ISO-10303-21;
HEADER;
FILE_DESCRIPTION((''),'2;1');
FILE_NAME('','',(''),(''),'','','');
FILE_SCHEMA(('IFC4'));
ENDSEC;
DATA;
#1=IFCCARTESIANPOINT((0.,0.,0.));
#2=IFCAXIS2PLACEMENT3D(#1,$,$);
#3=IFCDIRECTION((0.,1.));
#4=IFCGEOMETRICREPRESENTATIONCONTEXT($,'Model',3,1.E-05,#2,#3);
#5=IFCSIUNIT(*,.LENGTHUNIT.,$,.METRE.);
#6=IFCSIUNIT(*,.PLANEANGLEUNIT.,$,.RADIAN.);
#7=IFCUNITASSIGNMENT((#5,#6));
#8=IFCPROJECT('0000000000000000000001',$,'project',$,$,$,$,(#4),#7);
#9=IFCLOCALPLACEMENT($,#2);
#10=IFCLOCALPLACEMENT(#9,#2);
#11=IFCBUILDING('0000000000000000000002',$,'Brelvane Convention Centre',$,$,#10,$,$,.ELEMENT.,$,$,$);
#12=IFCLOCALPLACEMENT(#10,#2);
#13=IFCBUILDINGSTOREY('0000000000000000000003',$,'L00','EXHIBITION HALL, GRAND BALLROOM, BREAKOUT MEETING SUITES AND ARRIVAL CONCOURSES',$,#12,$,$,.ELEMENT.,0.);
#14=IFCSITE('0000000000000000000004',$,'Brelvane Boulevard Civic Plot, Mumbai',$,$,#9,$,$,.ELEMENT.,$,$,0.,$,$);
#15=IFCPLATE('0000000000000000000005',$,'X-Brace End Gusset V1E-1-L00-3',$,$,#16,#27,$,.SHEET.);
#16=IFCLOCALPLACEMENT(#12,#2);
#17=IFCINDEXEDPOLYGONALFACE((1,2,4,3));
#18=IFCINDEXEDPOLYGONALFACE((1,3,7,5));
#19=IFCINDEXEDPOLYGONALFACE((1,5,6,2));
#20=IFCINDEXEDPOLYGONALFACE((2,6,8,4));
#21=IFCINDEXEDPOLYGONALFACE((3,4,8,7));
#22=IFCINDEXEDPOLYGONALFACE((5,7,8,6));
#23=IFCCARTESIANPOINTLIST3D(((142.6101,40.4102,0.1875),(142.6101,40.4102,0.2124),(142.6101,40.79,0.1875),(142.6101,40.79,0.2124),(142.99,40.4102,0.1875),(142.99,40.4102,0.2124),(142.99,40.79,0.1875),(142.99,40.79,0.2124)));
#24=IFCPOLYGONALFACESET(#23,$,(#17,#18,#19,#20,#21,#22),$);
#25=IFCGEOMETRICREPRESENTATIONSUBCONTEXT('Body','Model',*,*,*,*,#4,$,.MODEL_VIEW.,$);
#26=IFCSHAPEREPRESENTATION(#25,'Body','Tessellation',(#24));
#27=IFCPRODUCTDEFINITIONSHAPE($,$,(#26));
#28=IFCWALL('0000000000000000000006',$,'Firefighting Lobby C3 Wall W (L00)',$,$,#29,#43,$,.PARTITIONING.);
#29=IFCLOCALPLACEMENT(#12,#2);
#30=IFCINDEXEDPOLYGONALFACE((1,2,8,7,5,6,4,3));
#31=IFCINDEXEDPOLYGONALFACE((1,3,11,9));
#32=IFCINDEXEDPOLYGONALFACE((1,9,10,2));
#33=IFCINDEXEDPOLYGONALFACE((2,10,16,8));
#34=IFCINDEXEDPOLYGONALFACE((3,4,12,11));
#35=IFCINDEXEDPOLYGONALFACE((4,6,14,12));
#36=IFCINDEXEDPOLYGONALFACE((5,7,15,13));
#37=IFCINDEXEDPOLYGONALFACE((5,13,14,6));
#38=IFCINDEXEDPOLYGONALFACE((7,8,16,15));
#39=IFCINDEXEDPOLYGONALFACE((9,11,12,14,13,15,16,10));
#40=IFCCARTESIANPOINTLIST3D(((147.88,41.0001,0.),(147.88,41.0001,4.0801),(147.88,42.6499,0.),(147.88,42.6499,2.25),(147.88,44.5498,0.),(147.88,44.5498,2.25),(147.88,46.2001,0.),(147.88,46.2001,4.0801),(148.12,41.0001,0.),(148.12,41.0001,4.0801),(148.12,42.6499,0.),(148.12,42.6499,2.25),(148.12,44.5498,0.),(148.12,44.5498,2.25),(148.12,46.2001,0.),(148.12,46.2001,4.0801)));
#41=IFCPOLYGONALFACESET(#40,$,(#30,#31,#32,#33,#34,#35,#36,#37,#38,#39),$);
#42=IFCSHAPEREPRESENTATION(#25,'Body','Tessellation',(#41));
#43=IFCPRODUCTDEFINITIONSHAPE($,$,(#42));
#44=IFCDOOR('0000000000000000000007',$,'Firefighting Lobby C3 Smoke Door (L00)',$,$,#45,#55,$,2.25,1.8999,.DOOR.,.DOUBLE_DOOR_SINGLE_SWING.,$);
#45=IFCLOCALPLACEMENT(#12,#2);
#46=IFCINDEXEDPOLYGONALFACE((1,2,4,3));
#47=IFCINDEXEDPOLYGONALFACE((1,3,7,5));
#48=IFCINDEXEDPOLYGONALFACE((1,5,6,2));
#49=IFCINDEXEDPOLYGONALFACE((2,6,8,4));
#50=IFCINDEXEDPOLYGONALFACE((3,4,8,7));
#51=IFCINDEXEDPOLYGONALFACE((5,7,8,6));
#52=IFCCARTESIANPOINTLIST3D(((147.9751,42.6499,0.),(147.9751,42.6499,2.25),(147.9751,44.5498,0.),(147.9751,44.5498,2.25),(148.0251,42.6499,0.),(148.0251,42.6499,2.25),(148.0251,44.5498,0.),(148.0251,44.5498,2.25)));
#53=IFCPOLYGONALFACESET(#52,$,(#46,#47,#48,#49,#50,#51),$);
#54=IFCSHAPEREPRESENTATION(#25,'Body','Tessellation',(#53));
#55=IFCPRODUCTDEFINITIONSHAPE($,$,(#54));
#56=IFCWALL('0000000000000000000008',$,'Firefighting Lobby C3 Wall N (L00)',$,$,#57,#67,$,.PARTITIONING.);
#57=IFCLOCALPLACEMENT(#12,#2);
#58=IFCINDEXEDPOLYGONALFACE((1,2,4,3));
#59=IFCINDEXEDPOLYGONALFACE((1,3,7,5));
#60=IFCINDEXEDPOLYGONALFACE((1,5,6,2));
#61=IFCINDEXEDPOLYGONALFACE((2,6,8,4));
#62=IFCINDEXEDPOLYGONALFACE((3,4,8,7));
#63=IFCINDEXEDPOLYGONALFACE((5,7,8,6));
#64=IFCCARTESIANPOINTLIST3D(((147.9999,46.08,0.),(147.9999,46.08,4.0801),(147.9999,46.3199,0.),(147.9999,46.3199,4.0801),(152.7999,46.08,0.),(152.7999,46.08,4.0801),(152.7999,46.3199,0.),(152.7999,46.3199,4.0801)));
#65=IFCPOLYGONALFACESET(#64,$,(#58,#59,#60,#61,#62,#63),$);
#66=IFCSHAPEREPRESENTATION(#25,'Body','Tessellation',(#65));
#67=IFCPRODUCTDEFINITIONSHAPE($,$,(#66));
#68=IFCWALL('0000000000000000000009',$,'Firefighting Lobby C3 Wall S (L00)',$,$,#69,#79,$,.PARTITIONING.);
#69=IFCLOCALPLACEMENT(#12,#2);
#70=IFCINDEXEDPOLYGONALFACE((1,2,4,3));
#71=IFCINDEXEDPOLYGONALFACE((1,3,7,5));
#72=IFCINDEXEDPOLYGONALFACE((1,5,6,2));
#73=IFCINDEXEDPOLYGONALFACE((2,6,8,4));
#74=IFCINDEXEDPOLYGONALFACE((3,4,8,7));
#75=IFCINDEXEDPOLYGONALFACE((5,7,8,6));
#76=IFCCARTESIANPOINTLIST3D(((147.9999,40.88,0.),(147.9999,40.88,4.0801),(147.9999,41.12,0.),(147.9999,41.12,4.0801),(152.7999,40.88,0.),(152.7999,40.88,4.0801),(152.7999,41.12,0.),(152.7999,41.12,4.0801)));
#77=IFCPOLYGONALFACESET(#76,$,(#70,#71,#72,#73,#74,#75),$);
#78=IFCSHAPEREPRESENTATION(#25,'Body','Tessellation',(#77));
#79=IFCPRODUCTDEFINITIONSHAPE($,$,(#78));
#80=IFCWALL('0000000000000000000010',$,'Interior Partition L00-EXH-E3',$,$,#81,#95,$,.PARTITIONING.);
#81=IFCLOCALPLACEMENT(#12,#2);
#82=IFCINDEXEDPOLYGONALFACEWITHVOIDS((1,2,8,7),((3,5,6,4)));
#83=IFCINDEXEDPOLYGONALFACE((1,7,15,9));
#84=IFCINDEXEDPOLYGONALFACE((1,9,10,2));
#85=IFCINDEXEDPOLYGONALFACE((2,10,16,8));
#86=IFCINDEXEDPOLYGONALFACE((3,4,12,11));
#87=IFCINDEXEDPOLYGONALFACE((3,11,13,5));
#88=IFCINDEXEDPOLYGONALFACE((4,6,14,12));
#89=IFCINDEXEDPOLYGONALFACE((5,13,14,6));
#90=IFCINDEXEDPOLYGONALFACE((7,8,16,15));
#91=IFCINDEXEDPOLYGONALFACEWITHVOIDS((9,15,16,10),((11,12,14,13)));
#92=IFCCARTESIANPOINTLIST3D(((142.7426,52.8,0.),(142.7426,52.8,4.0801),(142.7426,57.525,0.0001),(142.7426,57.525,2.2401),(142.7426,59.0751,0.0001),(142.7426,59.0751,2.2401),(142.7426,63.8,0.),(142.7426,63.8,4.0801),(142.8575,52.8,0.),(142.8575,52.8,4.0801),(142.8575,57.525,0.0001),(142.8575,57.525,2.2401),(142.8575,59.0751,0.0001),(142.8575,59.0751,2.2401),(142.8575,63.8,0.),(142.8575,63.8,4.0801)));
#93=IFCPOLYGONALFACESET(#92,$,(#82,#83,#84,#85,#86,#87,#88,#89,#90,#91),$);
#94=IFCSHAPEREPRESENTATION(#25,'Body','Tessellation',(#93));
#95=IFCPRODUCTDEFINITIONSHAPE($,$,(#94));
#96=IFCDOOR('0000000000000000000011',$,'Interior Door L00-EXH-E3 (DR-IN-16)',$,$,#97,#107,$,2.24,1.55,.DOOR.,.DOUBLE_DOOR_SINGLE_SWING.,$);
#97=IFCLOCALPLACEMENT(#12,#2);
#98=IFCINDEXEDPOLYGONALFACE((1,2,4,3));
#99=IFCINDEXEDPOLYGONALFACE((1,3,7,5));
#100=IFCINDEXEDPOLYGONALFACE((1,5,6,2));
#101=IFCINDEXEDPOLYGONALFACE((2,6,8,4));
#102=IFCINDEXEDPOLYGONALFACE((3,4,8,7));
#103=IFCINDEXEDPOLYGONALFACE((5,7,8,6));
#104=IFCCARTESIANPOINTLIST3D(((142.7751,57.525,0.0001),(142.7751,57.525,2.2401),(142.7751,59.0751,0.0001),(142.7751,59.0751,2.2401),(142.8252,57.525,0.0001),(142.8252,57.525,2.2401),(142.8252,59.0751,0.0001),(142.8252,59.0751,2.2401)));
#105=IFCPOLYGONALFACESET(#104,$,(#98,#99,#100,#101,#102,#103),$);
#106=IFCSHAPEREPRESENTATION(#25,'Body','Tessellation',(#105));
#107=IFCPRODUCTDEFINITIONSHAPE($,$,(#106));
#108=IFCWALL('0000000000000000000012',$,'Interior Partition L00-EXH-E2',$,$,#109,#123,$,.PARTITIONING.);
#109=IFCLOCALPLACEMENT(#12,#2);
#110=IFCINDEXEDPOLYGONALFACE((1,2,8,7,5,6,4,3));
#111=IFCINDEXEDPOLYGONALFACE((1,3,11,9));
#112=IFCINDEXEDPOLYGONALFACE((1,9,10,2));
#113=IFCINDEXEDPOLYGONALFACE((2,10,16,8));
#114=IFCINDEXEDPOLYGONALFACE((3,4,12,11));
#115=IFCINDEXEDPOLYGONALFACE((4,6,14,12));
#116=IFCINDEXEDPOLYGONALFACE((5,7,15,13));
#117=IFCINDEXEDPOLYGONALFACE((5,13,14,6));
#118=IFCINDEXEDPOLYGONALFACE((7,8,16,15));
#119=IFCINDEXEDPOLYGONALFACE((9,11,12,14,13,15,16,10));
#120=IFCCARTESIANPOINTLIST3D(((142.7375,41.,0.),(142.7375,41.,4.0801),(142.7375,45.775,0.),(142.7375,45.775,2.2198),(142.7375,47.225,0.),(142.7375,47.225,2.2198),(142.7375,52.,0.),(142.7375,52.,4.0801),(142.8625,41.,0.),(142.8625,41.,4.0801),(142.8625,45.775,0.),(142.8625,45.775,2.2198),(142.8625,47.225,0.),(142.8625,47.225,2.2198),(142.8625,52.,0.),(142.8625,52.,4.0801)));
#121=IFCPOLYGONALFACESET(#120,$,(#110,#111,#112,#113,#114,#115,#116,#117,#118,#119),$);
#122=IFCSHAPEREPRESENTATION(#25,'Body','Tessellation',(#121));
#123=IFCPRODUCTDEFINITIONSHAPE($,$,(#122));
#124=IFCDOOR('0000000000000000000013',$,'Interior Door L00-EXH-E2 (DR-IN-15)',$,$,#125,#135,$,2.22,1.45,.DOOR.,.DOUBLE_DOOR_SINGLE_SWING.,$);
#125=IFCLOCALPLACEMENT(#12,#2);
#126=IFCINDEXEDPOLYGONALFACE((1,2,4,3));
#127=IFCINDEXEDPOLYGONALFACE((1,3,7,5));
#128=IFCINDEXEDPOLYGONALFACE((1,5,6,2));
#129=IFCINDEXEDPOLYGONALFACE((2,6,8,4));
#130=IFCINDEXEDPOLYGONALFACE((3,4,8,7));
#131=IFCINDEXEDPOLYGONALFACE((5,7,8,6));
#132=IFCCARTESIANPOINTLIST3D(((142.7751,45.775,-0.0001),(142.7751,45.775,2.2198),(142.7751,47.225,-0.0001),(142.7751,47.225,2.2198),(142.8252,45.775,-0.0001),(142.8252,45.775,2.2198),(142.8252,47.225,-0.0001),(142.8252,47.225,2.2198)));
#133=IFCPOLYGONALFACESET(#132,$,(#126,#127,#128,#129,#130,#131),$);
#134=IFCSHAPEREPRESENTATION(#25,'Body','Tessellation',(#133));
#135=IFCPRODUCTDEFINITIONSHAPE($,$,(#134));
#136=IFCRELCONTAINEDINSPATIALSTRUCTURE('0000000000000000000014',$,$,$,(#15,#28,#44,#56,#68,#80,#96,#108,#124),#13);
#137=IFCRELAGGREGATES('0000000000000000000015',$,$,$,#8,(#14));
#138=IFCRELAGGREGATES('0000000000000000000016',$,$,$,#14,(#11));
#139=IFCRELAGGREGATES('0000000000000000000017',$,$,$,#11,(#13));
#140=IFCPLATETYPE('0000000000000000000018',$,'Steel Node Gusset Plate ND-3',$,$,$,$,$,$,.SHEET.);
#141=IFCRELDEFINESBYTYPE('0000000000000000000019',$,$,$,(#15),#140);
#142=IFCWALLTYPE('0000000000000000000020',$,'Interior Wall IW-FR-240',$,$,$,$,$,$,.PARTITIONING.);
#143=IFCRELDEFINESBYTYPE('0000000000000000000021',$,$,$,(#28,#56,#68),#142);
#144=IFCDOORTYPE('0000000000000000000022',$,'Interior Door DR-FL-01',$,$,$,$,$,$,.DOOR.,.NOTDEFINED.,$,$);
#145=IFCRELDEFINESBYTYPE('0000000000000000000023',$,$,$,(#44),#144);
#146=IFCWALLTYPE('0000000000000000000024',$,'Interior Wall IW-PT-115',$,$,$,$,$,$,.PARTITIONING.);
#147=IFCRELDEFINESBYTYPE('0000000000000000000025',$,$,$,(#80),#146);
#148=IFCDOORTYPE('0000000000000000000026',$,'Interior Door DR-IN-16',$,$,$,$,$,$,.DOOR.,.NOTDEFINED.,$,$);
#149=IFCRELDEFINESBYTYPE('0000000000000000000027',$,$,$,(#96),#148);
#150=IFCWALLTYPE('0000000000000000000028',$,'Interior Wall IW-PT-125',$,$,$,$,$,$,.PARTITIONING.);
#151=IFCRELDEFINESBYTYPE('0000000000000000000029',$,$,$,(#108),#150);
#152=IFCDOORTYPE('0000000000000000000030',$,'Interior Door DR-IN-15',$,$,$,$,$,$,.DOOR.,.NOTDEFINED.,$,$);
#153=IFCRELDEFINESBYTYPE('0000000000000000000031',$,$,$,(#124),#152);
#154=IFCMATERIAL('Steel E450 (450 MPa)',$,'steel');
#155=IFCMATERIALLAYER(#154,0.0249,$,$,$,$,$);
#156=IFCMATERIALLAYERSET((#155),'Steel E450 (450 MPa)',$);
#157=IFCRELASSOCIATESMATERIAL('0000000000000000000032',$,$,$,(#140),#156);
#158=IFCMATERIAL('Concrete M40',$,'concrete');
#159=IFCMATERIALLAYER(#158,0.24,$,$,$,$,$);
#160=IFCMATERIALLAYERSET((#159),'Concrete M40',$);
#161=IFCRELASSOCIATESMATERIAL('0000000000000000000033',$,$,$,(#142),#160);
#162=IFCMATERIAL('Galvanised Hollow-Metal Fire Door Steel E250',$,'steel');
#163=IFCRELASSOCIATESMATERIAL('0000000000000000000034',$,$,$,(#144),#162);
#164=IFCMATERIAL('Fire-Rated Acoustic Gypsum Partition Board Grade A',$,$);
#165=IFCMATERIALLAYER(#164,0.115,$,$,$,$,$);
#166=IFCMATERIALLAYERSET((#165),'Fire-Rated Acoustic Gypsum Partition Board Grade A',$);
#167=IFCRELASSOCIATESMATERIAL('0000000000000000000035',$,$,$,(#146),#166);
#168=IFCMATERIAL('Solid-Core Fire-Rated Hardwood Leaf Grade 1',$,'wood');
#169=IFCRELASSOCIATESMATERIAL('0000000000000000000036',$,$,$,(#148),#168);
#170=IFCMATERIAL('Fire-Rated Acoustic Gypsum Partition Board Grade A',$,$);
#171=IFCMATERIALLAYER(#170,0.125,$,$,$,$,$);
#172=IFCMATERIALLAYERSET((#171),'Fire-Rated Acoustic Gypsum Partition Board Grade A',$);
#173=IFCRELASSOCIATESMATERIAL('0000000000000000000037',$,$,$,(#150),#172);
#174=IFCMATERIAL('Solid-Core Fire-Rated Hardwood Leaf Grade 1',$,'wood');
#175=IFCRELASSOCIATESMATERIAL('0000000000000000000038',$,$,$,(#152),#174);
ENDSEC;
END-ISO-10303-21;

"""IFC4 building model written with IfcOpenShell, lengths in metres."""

from ifc_helpers import new_model, si_unit, direction, frame, frame_2d, origin, origin_2d, place, context, subcontext, project, spatial, rectangle, extrude, material, layer, layer_set, type_object, element, fill, save


model = new_model("IFC4")

# Units and contexts
model_context = context("Model", 3, precision=1e-05, world=origin(), true_north=direction((0.0, 1.0)))
body_context = subcontext(model_context, "Body", "Model", "MODEL_VIEW")
ifc_project = project(units=[si_unit("LENGTHUNIT", "METRE"), si_unit("PLANEANGLEUNIT", "RADIAN")], contexts=[model_context])

# Site, building, storey
site_placement = place(None, origin())
site = spatial("IfcSite", under=ifc_project, at=site_placement, Name="Brelvane Boulevard Civic Plot, Mumbai", CompositionType="ELEMENT", RefElevation=0.0)
building_placement = place(site_placement, origin())
building = spatial("IfcBuilding", under=site, at=building_placement, Name="Brelvane Convention Centre", CompositionType="ELEMENT")
storey_placement = place(building_placement, origin())
storey = spatial("IfcBuildingStorey", under=building, at=storey_placement, Name="L00", Description="EXHIBITION HALL, GRAND BALLROOM, BREAKOUT MEETING SUITES AND ARRIVAL CONCOURSES", CompositionType="ELEMENT", Elevation=0.0)

# Plate
ifc_material_1 = material(Name="Steel E450 (450 MPa)", Category="steel")
ifc_layer_1 = layer(ifc_material_1, 0.0249)
ifc_layer_set_1 = layer_set([ifc_layer_1], Name="Steel E450 (450 MPa)")
plate_type_1 = type_object("IfcPlateType", Name="Steel Node Gusset Plate ND-3", PredefinedType="SHEET", material=ifc_layer_set_1)
for number, where, z_axis, x_axis, name in (
    (1, (142.8, 40.6001, 0.1875), (0.0, 0.0, 1.0), (1.0, 0.0, 0.0), "X-Brace End Gusset V1E-1-L00-3"),
):
    element("IfcPlate", number, at=place(storey_placement, frame(where, z_axis=z_axis, x_axis=x_axis)), inside=storey, type_object=plate_type_1, Name=name, PredefinedType="SHEET", context=body_context, shape_type="SweptSolid", body=[
        extrude(rectangle(XDim=0.3799, YDim=0.3799, at=origin_2d()), origin(), (0.0, 0.0, 1.0), 0.0249),
    ])

# Wall, opening, door
ifc_material_2 = material(Name="Concrete M40", Category="concrete")
ifc_layer_2 = layer(ifc_material_2, 0.24)
ifc_layer_set_2 = layer_set([ifc_layer_2], Name="Concrete M40")
wall_type_1 = type_object("IfcWallType", Name="Interior Wall IW-FR-240", PredefinedType="PARTITIONING", material=ifc_layer_set_2)
wall_1_placement = place(storey_placement, frame((148.0, 41.0, 0.0), z_axis=(0.0, 0.0, 1.0), x_axis=(0.0, 1.0, 0.0)))
wall_1 = element("IfcWall", 2, at=wall_1_placement, inside=storey, type_object=wall_type_1, Name="Firefighting Lobby C3 Wall W (L00)", PredefinedType="PARTITIONING", context=body_context, shape_type="SweptSolid", body=[
    extrude(rectangle(XDim=5.2, YDim=0.24, at=frame_2d((2.6001, 0.0))), origin(), (0.0, 0.0, 1.0), 4.0801),
])
opening_1_placement = place(wall_1_placement, frame((1.6499, 0.0, 0.0)))
opening_1 = element("IfcOpeningElement", 3, at=opening_1_placement, cuts=wall_1, PredefinedType="OPENING", context=body_context, shape_type="SweptSolid", body=[
    extrude(rectangle(XDim=1.8999, YDim=2.25, at=frame_2d((0.95, 1.125))), frame((0.0, 0.1299, 0.0), z_axis=(0.0, -1.0, 0.0), x_axis=(1.0, 0.0, 0.0)), (0.0, 0.0, 1.0), 0.26),
])
ifc_material_3 = material(Name="Galvanised Hollow-Metal Fire Door Steel E250", Category="steel")
door_type_1 = type_object("IfcDoorType", Name="Interior Door DR-FL-01", OperationType="NOTDEFINED", PredefinedType="DOOR", material=ifc_material_3)
door_1_placement = place(opening_1_placement, origin())
door_1 = element("IfcDoor", 4, at=door_1_placement, inside=storey, type_object=door_type_1, Name="Firefighting Lobby C3 Smoke Door (L00)", OperationType="DOUBLE_DOOR_SINGLE_SWING", OverallHeight=2.25, OverallWidth=1.8999, PredefinedType="DOOR", context=body_context, shape_type="SweptSolid", body=[
    extrude(rectangle(XDim=1.8999, YDim=2.25, at=frame_2d((0.95, 1.125))), frame((0.0, 0.0249, 0.0), z_axis=(0.0, -1.0, 0.0), x_axis=(1.0, 0.0, 0.0)), (0.0, 0.0, 1.0), 0.05),
])
fill(opening_1, door_1)

# Walls
for number, where, z_axis, x_axis, name in (
    (5, (148.0, 46.2, 0.0), (0.0, 0.0, 1.0), (1.0, 0.0, 0.0), "Firefighting Lobby C3 Wall N (L00)"),
    (6, (148.0, 41.0, 0.0), (0.0, 0.0, 1.0), (1.0, 0.0, 0.0), "Firefighting Lobby C3 Wall S (L00)"),
):
    element("IfcWall", number, at=place(storey_placement, frame(where, z_axis=z_axis, x_axis=x_axis)), inside=storey, type_object=wall_type_1, Name=name, PredefinedType="PARTITIONING", context=body_context, shape_type="SweptSolid", body=[
        extrude(rectangle(XDim=4.8, YDim=0.24, at=frame_2d((2.3999, 0.0))), origin(), (0.0, 0.0, 1.0), 4.0801),
    ])

# Walls, openings, doors
ifc_material_4 = material(Name="Fire-Rated Acoustic Gypsum Partition Board Grade A")
ifc_layer_3 = layer(ifc_material_4, 0.115)
ifc_layer_set_3 = layer_set([ifc_layer_3], Name="Fire-Rated Acoustic Gypsum Partition Board Grade A")
wall_type_2 = type_object("IfcWallType", Name="Interior Wall IW-PT-115", PredefinedType="PARTITIONING", material=ifc_layer_set_3)
wall_2_placement = place(storey_placement, frame((142.8, 52.8, 0.0), z_axis=(0.0, 0.0, 1.0), x_axis=(0.0, 1.0, 0.0)))
wall_2 = element("IfcWall", 7, at=wall_2_placement, inside=storey, type_object=wall_type_2, Name="Interior Partition L00-EXH-E3", PredefinedType="PARTITIONING", context=body_context, shape_type="SweptSolid", body=[
    extrude(rectangle(XDim=11.0, YDim=0.115, at=frame_2d((5.5, 0.0))), origin(), (0.0, 0.0, 1.0), 4.0801),
])
opening_2_placement = place(wall_2_placement, frame((4.7251, 0.0, 0.0)))
opening_2 = element("IfcOpeningElement", 8, at=opening_2_placement, cuts=wall_2, PredefinedType="OPENING", context=body_context, shape_type="SweptSolid", body=[
    extrude(rectangle(XDim=1.55, YDim=2.24, at=frame_2d((0.7749, 1.1201))), frame((0.0, 0.0674, 0.0), z_axis=(0.0, -1.0, 0.0), x_axis=(1.0, 0.0, 0.0)), (0.0, 0.0, 1.0), 0.135),
])
ifc_material_5 = material(Name="Solid-Core Fire-Rated Hardwood Leaf Grade 1", Category="wood")
door_type_2 = type_object("IfcDoorType", Name="Interior Door DR-IN-16", OperationType="NOTDEFINED", PredefinedType="DOOR", material=ifc_material_5)
door_2_placement = place(opening_2_placement, origin())
door_2 = element("IfcDoor", 9, at=door_2_placement, inside=storey, type_object=door_type_2, Name="Interior Door L00-EXH-E3 (DR-IN-16)", OperationType="DOUBLE_DOOR_SINGLE_SWING", OverallHeight=2.24, OverallWidth=1.55, PredefinedType="DOOR", context=body_context, shape_type="SweptSolid", body=[
    extrude(rectangle(XDim=1.55, YDim=2.24, at=frame_2d((0.7749, 1.1201))), frame((0.0, 0.0249, 0.0), z_axis=(0.0, -1.0, 0.0), x_axis=(1.0, 0.0, 0.0)), (0.0, 0.0, 1.0), 0.05),
])
fill(opening_2, door_2)
ifc_material_6 = material(Name="Fire-Rated Acoustic Gypsum Partition Board Grade A")
ifc_layer_4 = layer(ifc_material_6, 0.125)
ifc_layer_set_4 = layer_set([ifc_layer_4], Name="Fire-Rated Acoustic Gypsum Partition Board Grade A")
wall_type_3 = type_object("IfcWallType", Name="Interior Wall IW-PT-125", PredefinedType="PARTITIONING", material=ifc_layer_set_4)
wall_3_placement = place(storey_placement, frame((142.8, 41.0, 0.0), z_axis=(0.0, 0.0, 1.0), x_axis=(0.0, 1.0, 0.0)))
wall_3 = element("IfcWall", 10, at=wall_3_placement, inside=storey, type_object=wall_type_3, Name="Interior Partition L00-EXH-E2", PredefinedType="PARTITIONING", context=body_context, shape_type="SweptSolid", body=[
    extrude(rectangle(XDim=11.0, YDim=0.125, at=frame_2d((5.5, 0.0))), origin(), (0.0, 0.0, 1.0), 4.0801),
])
opening_3_placement = place(wall_3_placement, frame((4.7749, 0.0, 0.0)))
opening_3 = element("IfcOpeningElement", 11, at=opening_3_placement, cuts=wall_3, PredefinedType="OPENING", context=body_context, shape_type="SweptSolid", body=[
    extrude(rectangle(XDim=1.45, YDim=2.22, at=frame_2d((0.7251, 1.1099))), frame((0.0, 0.0725, 0.0), z_axis=(0.0, -1.0, 0.0), x_axis=(1.0, 0.0, 0.0)), (0.0, 0.0, 1.0), 0.145),
])
ifc_material_7 = material(Name="Solid-Core Fire-Rated Hardwood Leaf Grade 1", Category="wood")
door_type_3 = type_object("IfcDoorType", Name="Interior Door DR-IN-15", OperationType="NOTDEFINED", PredefinedType="DOOR", material=ifc_material_7)
door_3_placement = place(opening_3_placement, origin())
door_3 = element("IfcDoor", 12, at=door_3_placement, inside=storey, type_object=door_type_3, Name="Interior Door L00-EXH-E2 (DR-IN-15)", OperationType="DOUBLE_DOOR_SINGLE_SWING", OverallHeight=2.22, OverallWidth=1.45, PredefinedType="DOOR", context=body_context, shape_type="SweptSolid", body=[
    extrude(rectangle(XDim=1.45, YDim=2.22, at=frame_2d((0.7251, 1.1099))), frame((0.0, 0.0249, 0.0), z_axis=(0.0, -1.0, 0.0), x_axis=(1.0, 0.0, 0.0)), (0.0, 0.0, 1.0), 0.05),
])
fill(opening_3, door_3)

save(model, "model.ifc")
